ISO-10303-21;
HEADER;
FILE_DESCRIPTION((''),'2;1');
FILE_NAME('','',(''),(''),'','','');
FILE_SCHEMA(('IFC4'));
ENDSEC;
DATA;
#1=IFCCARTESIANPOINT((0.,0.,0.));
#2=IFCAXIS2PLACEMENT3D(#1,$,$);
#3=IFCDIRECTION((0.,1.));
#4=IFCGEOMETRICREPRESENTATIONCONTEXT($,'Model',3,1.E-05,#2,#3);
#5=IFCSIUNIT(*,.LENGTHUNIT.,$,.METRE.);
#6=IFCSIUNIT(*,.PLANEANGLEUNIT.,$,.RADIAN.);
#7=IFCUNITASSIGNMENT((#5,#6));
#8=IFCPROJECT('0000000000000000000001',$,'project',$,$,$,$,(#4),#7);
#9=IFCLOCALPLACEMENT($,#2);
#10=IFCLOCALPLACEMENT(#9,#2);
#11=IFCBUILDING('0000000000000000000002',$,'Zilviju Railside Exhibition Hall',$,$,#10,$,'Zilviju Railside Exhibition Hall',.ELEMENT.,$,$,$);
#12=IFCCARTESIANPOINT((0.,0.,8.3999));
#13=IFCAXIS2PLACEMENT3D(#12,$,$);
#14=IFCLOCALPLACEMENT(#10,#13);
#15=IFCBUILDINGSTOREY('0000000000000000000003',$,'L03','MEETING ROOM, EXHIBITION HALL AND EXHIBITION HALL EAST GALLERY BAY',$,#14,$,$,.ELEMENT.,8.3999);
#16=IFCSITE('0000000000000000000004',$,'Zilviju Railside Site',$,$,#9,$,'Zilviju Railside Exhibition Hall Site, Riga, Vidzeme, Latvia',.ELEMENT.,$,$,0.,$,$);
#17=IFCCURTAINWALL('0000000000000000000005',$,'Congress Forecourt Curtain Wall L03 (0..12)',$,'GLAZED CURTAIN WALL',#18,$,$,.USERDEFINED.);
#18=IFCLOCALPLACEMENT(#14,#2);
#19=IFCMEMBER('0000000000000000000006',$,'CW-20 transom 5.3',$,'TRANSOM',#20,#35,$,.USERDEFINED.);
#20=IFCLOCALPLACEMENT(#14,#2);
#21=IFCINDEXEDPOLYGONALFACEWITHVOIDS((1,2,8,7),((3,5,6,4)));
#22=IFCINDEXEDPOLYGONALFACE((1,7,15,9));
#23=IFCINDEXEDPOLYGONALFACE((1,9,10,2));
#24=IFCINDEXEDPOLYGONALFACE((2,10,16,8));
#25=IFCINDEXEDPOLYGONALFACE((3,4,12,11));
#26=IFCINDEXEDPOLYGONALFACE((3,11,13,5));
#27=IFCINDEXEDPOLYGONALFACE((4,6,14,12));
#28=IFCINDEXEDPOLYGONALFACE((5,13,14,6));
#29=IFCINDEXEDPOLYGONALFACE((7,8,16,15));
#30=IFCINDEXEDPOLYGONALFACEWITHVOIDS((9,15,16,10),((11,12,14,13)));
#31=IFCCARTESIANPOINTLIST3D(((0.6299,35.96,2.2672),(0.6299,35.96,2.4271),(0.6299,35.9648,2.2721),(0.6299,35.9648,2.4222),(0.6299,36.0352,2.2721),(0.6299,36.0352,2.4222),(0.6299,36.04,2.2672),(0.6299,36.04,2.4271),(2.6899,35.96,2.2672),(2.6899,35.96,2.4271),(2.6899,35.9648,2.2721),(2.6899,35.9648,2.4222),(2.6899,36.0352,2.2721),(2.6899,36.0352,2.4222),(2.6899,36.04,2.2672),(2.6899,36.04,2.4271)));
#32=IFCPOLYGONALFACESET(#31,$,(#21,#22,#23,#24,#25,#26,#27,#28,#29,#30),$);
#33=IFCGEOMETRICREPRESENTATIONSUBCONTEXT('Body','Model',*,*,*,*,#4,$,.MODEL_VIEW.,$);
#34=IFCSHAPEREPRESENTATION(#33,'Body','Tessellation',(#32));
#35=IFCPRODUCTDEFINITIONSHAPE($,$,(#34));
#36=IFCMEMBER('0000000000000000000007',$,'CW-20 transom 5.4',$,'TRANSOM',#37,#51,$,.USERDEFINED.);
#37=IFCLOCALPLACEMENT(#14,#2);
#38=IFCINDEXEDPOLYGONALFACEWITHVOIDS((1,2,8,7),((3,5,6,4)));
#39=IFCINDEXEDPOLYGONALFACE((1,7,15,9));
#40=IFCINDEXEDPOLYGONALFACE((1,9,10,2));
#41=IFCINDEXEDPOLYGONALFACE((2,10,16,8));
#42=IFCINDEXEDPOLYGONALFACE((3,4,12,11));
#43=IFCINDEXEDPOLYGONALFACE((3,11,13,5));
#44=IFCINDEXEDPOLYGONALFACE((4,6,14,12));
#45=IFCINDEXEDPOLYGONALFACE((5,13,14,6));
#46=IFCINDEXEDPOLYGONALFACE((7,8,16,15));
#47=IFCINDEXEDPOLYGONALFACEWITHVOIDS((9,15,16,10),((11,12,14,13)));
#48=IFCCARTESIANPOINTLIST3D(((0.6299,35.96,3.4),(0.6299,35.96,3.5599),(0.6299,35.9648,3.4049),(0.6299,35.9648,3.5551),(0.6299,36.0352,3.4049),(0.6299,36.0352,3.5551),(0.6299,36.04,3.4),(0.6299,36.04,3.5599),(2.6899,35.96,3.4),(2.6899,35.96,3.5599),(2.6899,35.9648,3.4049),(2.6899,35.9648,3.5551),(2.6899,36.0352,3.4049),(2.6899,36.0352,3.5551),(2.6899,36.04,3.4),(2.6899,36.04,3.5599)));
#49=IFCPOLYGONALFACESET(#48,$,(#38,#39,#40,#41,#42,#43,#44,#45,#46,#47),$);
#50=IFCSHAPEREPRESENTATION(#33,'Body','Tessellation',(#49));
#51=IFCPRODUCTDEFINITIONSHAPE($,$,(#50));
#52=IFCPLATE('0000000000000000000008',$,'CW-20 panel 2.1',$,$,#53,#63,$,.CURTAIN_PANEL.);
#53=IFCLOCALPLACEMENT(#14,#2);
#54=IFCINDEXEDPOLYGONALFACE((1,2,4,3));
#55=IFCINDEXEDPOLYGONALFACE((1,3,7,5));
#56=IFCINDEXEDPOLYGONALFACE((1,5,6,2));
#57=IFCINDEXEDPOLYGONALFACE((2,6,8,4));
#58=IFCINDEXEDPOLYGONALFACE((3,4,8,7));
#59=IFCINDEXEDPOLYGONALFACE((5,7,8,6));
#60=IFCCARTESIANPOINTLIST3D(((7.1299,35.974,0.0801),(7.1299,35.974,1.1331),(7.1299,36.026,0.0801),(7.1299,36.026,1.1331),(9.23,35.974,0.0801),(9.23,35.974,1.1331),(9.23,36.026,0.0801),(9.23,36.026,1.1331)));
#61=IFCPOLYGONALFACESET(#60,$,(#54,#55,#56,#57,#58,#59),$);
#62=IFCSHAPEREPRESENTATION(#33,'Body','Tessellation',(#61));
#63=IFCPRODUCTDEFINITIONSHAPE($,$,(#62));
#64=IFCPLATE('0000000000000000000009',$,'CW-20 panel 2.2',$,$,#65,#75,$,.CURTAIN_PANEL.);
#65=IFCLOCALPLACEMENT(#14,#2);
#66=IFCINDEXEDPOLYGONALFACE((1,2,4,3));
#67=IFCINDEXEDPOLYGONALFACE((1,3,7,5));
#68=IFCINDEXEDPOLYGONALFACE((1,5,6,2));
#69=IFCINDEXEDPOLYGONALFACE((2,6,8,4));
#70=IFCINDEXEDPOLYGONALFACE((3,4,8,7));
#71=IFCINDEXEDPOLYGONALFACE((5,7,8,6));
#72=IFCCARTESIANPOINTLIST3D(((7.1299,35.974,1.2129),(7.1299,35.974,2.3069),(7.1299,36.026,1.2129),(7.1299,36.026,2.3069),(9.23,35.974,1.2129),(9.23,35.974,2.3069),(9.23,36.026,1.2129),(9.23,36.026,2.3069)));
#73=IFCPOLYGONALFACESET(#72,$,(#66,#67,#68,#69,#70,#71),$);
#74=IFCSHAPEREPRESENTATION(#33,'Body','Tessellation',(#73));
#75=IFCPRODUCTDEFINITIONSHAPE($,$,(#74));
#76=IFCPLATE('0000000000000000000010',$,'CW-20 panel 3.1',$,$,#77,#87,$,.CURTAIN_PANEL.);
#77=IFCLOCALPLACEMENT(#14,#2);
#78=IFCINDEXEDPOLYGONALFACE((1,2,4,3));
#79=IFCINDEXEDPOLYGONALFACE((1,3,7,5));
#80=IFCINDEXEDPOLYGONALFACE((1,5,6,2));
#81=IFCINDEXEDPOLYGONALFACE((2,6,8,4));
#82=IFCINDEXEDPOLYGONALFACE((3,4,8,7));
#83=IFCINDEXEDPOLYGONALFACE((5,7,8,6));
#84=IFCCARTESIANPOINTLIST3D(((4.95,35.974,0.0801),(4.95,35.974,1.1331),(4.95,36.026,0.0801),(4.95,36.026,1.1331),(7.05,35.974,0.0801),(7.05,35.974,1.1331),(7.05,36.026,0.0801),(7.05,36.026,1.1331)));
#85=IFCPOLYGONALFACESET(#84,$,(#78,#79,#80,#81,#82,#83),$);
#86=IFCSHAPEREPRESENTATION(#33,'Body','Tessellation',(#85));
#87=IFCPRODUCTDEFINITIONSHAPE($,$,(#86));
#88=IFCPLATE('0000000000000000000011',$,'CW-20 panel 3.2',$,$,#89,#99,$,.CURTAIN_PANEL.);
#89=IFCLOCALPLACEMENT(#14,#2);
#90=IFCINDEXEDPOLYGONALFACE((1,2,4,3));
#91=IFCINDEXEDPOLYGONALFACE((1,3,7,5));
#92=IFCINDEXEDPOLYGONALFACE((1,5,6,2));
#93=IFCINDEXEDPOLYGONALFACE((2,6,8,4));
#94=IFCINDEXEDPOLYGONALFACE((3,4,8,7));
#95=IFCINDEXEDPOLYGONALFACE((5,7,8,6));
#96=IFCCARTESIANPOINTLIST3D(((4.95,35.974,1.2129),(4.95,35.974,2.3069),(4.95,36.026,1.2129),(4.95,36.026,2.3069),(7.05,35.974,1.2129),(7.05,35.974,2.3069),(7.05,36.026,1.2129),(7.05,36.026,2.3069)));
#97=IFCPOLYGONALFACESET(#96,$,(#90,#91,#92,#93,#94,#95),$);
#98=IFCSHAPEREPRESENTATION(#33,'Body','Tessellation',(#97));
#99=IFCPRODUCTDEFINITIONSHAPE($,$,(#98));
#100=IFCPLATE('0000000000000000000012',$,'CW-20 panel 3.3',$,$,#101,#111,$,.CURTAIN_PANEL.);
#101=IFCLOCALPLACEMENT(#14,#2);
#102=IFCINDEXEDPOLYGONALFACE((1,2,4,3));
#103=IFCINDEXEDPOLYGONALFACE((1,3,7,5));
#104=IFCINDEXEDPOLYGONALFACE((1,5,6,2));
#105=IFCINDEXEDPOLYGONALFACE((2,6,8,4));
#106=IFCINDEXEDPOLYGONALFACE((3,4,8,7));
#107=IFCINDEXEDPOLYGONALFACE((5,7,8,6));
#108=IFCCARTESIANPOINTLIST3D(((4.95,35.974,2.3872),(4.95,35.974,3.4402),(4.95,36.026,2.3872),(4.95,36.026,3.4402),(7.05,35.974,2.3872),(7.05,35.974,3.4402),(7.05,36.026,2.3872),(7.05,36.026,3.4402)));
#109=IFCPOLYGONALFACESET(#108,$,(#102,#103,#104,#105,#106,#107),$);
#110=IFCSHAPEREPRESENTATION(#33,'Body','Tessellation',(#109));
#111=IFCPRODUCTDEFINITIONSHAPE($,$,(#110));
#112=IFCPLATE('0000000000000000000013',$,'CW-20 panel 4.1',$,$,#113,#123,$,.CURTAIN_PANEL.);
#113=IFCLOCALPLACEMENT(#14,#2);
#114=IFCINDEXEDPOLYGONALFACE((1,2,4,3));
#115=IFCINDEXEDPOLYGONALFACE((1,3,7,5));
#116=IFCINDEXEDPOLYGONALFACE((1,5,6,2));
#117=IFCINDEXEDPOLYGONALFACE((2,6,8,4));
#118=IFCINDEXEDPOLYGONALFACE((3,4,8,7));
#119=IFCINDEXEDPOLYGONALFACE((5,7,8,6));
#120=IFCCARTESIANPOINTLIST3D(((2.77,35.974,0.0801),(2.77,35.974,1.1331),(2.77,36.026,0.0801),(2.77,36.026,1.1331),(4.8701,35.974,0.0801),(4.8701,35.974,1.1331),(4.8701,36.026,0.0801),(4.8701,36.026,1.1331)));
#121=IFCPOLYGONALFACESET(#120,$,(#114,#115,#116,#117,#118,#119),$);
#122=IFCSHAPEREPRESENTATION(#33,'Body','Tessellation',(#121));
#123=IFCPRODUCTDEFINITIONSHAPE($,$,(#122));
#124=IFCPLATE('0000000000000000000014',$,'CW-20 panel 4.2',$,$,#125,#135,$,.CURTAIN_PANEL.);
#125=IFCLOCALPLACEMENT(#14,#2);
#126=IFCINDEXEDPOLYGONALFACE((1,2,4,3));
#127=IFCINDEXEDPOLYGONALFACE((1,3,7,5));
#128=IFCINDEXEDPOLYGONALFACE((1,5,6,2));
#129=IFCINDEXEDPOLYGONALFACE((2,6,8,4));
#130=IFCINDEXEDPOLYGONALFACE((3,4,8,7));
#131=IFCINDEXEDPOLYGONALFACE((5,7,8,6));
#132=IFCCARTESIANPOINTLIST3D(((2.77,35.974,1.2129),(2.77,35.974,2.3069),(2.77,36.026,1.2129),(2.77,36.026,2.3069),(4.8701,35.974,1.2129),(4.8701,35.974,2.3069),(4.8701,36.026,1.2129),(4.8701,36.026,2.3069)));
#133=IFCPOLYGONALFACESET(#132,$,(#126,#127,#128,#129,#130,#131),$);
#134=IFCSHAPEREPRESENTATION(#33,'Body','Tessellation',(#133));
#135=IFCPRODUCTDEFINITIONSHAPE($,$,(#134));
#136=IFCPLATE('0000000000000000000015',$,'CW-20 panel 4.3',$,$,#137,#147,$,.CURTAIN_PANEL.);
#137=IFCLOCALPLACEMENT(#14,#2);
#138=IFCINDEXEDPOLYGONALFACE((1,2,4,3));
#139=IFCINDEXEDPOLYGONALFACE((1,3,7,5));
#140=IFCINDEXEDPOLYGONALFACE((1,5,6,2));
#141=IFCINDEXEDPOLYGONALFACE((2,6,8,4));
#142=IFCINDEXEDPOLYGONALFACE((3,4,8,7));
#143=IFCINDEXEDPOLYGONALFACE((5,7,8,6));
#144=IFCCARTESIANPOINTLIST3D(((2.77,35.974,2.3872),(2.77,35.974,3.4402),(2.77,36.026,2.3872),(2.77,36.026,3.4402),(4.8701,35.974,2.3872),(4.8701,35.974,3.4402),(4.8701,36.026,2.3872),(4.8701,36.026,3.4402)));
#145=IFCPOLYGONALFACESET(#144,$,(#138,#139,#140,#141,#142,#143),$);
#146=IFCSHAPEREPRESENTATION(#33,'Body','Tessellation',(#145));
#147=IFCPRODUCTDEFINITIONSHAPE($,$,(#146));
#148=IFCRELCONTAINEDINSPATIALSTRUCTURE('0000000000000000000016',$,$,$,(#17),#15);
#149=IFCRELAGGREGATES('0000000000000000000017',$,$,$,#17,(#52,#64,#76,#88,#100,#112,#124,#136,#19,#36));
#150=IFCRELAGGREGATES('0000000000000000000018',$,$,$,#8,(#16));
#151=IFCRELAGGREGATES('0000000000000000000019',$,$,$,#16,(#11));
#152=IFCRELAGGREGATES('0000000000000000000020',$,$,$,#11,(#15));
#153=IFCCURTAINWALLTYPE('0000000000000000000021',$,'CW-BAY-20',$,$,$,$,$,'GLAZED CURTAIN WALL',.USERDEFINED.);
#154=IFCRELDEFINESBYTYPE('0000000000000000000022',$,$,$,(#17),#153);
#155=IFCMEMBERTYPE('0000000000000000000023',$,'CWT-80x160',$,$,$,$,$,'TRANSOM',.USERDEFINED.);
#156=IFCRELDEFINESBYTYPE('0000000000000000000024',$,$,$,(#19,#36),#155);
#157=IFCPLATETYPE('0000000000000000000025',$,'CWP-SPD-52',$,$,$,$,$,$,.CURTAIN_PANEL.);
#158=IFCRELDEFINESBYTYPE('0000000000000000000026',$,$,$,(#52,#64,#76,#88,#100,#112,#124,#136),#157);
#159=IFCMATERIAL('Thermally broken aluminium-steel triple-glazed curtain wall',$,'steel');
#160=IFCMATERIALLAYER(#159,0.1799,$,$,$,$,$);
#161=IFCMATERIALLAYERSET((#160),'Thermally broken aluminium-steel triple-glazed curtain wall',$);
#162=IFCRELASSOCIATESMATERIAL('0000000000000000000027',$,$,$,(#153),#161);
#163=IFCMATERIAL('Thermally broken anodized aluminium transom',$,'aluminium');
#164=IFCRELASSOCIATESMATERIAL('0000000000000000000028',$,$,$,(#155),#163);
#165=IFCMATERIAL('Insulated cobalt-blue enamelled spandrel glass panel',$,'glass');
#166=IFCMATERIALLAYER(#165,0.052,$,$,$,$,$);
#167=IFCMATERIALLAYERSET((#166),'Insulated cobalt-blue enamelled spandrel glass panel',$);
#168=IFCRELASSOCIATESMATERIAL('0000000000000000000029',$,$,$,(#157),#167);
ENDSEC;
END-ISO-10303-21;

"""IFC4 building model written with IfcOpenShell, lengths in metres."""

from ifc_helpers import new_model, si_unit, direction, frame, origin, origin_2d, place, context, subcontext, project, spatial, rectangle, hollow_rectangle, extrude, material, layer, layer_set, material_profile, profile_set, type_object, element, aggregate, save


model = new_model("IFC4")

# Units and contexts
model_context = context("Model", 3, precision=1e-05, world=origin(), true_north=direction((0.0, 1.0)))
body_context = subcontext(model_context, "Body", "Model", "MODEL_VIEW")
ifc_project = project(units=[si_unit("LENGTHUNIT", "METRE"), si_unit("PLANEANGLEUNIT", "RADIAN")], contexts=[model_context])

# Site, building, storey
site_placement = place(None, origin())
site = spatial("IfcSite", under=ifc_project, at=site_placement, Name="Zilviju Railside Site", LongName="Zilviju Railside Exhibition Hall Site, Riga, Vidzeme, Latvia", CompositionType="ELEMENT", RefElevation=0.0)
building_placement = place(site_placement, origin())
building = spatial("IfcBuilding", under=site, at=building_placement, Name="Zilviju Railside Exhibition Hall", LongName="Zilviju Railside Exhibition Hall", CompositionType="ELEMENT")
storey_placement = place(building_placement, frame((0.0, 0.0, 8.3999)))
storey = spatial("IfcBuildingStorey", under=building, at=storey_placement, Name="L03", Description="MEETING ROOM, EXHIBITION HALL AND EXHIBITION HALL EAST GALLERY BAY", CompositionType="ELEMENT", Elevation=8.3999)

# Curtain wall, members, plates
ifc_material_1 = material(Name="Thermally broken aluminium-steel triple-glazed curtain wall", Category="steel")
ifc_layer_1 = layer(ifc_material_1, 0.1799)
ifc_layer_set_1 = layer_set([ifc_layer_1], Name="Thermally broken aluminium-steel triple-glazed curtain wall")
curtain_wall_type = type_object("IfcCurtainWallType", Name="CW-BAY-20", ElementType="GLAZED CURTAIN WALL", PredefinedType="USERDEFINED", material=ifc_layer_set_1)
curtain_wall_placement = place(storey_placement, origin())
curtain_wall = element("IfcCurtainWall", 1, at=curtain_wall_placement, inside=storey, type_object=curtain_wall_type, Name="Congress Forecourt Curtain Wall L03 (0..12)", ObjectType="GLAZED CURTAIN WALL", PredefinedType="USERDEFINED")
ifc_material_2 = material(Name="Thermally broken anodized aluminium transom", Category="aluminium")
ifc_material_profile_1 = material_profile(ifc_material_2, hollow_rectangle(XDim=0.0801, YDim=0.1599, WallThickness=0.0049, at=origin_2d()), Name="TRANSOM 160x80x5")
ifc_profile_set_1 = profile_set([ifc_material_profile_1], Name="Thermally broken anodized aluminium transom")
member_type_1 = type_object("IfcMemberType", Name="CWT-80x160", ElementType="TRANSOM", PredefinedType="USERDEFINED", material=ifc_profile_set_1)
member_1_placement = place(storey_placement, frame((2.6899, 36.0, 2.3472), z_axis=(-1.0, 0.0, 0.0), x_axis=(0.0, -1.0, 0.0)))
member_1 = element("IfcMember", 2, at=member_1_placement, type_object=member_type_1, Name="CW-20 transom 5.3", ObjectType="TRANSOM", PredefinedType="USERDEFINED", context=body_context, shape_type="SweptSolid", body=[
    extrude(hollow_rectangle(XDim=0.0801, YDim=0.1599, WallThickness=0.0049, at=origin_2d()), origin(), (0.0, 0.0, 1.0), 2.0601),
])
member_2_placement = place(storey_placement, frame((2.6899, 36.0, 3.48), z_axis=(-1.0, 0.0, 0.0), x_axis=(0.0, -1.0, 0.0)))
member_2 = element("IfcMember", 3, at=member_2_placement, type_object=member_type_1, Name="CW-20 transom 5.4", ObjectType="TRANSOM", PredefinedType="USERDEFINED", context=body_context, shape_type="SweptSolid", body=[
    extrude(hollow_rectangle(XDim=0.0801, YDim=0.1599, WallThickness=0.0049, at=origin_2d()), origin(), (0.0, 0.0, 1.0), 2.0601),
])
ifc_material_3 = material(Name="Insulated cobalt-blue enamelled spandrel glass panel", Category="glass")
ifc_layer_2 = layer(ifc_material_3, 0.052)
ifc_layer_set_2 = layer_set([ifc_layer_2], Name="Insulated cobalt-blue enamelled spandrel glass panel")
plate_type = type_object("IfcPlateType", Name="CWP-SPD-52", PredefinedType="CURTAIN_PANEL", material=ifc_layer_set_2)
plate_1_placement = place(storey_placement, frame((8.1799, 36.0, 0.0801), z_axis=(0.0, 0.0, 1.0), x_axis=(-1.0, 0.0, 0.0)))
plate_1 = element("IfcPlate", 4, at=plate_1_placement, type_object=plate_type, Name="CW-20 panel 2.1", PredefinedType="CURTAIN_PANEL", context=body_context, shape_type="SweptSolid", body=[
    extrude(rectangle(XDim=2.1001, YDim=0.052, at=origin_2d()), origin(), (0.0, 0.0, 1.0), 1.053),
])
plate_2_placement = place(storey_placement, frame((8.1799, 36.0, 1.2129), z_axis=(0.0, 0.0, 1.0), x_axis=(-1.0, 0.0, 0.0)))
plate_2 = element("IfcPlate", 5, at=plate_2_placement, type_object=plate_type, Name="CW-20 panel 2.2", PredefinedType="CURTAIN_PANEL", context=body_context, shape_type="SweptSolid", body=[
    extrude(rectangle(XDim=2.1001, YDim=0.052, at=origin_2d()), origin(), (0.0, 0.0, 1.0), 1.094),
])
plate_3_placement = place(storey_placement, frame((6.0, 36.0, 0.0801), z_axis=(0.0, 0.0, 1.0), x_axis=(-1.0, 0.0, 0.0)))
plate_3 = element("IfcPlate", 6, at=plate_3_placement, type_object=plate_type, Name="CW-20 panel 3.1", PredefinedType="CURTAIN_PANEL", context=body_context, shape_type="SweptSolid", body=[
    extrude(rectangle(XDim=2.1001, YDim=0.052, at=origin_2d()), origin(), (0.0, 0.0, 1.0), 1.053),
])
plate_4_placement = place(storey_placement, frame((6.0, 36.0, 1.2129), z_axis=(0.0, 0.0, 1.0), x_axis=(-1.0, 0.0, 0.0)))
plate_4 = element("IfcPlate", 7, at=plate_4_placement, type_object=plate_type, Name="CW-20 panel 3.2", PredefinedType="CURTAIN_PANEL", context=body_context, shape_type="SweptSolid", body=[
    extrude(rectangle(XDim=2.1001, YDim=0.052, at=origin_2d()), origin(), (0.0, 0.0, 1.0), 1.094),
])
plate_5_placement = place(storey_placement, frame((6.0, 36.0, 2.3872), z_axis=(0.0, 0.0, 1.0), x_axis=(-1.0, 0.0, 0.0)))
plate_5 = element("IfcPlate", 8, at=plate_5_placement, type_object=plate_type, Name="CW-20 panel 3.3", PredefinedType="CURTAIN_PANEL", context=body_context, shape_type="SweptSolid", body=[
    extrude(rectangle(XDim=2.1001, YDim=0.052, at=origin_2d()), origin(), (0.0, 0.0, 1.0), 1.053),
])
plate_6_placement = place(storey_placement, frame((3.8201, 36.0, 0.0801), z_axis=(0.0, 0.0, 1.0), x_axis=(-1.0, 0.0, 0.0)))
plate_6 = element("IfcPlate", 9, at=plate_6_placement, type_object=plate_type, Name="CW-20 panel 4.1", PredefinedType="CURTAIN_PANEL", context=body_context, shape_type="SweptSolid", body=[
    extrude(rectangle(XDim=2.1001, YDim=0.052, at=origin_2d()), origin(), (0.0, 0.0, 1.0), 1.053),
])
plate_7_placement = place(storey_placement, frame((3.8201, 36.0, 1.2129), z_axis=(0.0, 0.0, 1.0), x_axis=(-1.0, 0.0, 0.0)))
plate_7 = element("IfcPlate", 10, at=plate_7_placement, type_object=plate_type, Name="CW-20 panel 4.2", PredefinedType="CURTAIN_PANEL", context=body_context, shape_type="SweptSolid", body=[
    extrude(rectangle(XDim=2.1001, YDim=0.052, at=origin_2d()), origin(), (0.0, 0.0, 1.0), 1.094),
])
plate_8_placement = place(storey_placement, frame((3.8201, 36.0, 2.3872), z_axis=(0.0, 0.0, 1.0), x_axis=(-1.0, 0.0, 0.0)))
plate_8 = element("IfcPlate", 11, at=plate_8_placement, type_object=plate_type, Name="CW-20 panel 4.3", PredefinedType="CURTAIN_PANEL", context=body_context, shape_type="SweptSolid", body=[
    extrude(rectangle(XDim=2.1001, YDim=0.052, at=origin_2d()), origin(), (0.0, 0.0, 1.0), 1.053),
])
aggregate(curtain_wall, [plate_1, plate_2, plate_3, plate_4, plate_5, plate_6, plate_7, plate_8, member_1, member_2])

save(model, "model.ifc")
